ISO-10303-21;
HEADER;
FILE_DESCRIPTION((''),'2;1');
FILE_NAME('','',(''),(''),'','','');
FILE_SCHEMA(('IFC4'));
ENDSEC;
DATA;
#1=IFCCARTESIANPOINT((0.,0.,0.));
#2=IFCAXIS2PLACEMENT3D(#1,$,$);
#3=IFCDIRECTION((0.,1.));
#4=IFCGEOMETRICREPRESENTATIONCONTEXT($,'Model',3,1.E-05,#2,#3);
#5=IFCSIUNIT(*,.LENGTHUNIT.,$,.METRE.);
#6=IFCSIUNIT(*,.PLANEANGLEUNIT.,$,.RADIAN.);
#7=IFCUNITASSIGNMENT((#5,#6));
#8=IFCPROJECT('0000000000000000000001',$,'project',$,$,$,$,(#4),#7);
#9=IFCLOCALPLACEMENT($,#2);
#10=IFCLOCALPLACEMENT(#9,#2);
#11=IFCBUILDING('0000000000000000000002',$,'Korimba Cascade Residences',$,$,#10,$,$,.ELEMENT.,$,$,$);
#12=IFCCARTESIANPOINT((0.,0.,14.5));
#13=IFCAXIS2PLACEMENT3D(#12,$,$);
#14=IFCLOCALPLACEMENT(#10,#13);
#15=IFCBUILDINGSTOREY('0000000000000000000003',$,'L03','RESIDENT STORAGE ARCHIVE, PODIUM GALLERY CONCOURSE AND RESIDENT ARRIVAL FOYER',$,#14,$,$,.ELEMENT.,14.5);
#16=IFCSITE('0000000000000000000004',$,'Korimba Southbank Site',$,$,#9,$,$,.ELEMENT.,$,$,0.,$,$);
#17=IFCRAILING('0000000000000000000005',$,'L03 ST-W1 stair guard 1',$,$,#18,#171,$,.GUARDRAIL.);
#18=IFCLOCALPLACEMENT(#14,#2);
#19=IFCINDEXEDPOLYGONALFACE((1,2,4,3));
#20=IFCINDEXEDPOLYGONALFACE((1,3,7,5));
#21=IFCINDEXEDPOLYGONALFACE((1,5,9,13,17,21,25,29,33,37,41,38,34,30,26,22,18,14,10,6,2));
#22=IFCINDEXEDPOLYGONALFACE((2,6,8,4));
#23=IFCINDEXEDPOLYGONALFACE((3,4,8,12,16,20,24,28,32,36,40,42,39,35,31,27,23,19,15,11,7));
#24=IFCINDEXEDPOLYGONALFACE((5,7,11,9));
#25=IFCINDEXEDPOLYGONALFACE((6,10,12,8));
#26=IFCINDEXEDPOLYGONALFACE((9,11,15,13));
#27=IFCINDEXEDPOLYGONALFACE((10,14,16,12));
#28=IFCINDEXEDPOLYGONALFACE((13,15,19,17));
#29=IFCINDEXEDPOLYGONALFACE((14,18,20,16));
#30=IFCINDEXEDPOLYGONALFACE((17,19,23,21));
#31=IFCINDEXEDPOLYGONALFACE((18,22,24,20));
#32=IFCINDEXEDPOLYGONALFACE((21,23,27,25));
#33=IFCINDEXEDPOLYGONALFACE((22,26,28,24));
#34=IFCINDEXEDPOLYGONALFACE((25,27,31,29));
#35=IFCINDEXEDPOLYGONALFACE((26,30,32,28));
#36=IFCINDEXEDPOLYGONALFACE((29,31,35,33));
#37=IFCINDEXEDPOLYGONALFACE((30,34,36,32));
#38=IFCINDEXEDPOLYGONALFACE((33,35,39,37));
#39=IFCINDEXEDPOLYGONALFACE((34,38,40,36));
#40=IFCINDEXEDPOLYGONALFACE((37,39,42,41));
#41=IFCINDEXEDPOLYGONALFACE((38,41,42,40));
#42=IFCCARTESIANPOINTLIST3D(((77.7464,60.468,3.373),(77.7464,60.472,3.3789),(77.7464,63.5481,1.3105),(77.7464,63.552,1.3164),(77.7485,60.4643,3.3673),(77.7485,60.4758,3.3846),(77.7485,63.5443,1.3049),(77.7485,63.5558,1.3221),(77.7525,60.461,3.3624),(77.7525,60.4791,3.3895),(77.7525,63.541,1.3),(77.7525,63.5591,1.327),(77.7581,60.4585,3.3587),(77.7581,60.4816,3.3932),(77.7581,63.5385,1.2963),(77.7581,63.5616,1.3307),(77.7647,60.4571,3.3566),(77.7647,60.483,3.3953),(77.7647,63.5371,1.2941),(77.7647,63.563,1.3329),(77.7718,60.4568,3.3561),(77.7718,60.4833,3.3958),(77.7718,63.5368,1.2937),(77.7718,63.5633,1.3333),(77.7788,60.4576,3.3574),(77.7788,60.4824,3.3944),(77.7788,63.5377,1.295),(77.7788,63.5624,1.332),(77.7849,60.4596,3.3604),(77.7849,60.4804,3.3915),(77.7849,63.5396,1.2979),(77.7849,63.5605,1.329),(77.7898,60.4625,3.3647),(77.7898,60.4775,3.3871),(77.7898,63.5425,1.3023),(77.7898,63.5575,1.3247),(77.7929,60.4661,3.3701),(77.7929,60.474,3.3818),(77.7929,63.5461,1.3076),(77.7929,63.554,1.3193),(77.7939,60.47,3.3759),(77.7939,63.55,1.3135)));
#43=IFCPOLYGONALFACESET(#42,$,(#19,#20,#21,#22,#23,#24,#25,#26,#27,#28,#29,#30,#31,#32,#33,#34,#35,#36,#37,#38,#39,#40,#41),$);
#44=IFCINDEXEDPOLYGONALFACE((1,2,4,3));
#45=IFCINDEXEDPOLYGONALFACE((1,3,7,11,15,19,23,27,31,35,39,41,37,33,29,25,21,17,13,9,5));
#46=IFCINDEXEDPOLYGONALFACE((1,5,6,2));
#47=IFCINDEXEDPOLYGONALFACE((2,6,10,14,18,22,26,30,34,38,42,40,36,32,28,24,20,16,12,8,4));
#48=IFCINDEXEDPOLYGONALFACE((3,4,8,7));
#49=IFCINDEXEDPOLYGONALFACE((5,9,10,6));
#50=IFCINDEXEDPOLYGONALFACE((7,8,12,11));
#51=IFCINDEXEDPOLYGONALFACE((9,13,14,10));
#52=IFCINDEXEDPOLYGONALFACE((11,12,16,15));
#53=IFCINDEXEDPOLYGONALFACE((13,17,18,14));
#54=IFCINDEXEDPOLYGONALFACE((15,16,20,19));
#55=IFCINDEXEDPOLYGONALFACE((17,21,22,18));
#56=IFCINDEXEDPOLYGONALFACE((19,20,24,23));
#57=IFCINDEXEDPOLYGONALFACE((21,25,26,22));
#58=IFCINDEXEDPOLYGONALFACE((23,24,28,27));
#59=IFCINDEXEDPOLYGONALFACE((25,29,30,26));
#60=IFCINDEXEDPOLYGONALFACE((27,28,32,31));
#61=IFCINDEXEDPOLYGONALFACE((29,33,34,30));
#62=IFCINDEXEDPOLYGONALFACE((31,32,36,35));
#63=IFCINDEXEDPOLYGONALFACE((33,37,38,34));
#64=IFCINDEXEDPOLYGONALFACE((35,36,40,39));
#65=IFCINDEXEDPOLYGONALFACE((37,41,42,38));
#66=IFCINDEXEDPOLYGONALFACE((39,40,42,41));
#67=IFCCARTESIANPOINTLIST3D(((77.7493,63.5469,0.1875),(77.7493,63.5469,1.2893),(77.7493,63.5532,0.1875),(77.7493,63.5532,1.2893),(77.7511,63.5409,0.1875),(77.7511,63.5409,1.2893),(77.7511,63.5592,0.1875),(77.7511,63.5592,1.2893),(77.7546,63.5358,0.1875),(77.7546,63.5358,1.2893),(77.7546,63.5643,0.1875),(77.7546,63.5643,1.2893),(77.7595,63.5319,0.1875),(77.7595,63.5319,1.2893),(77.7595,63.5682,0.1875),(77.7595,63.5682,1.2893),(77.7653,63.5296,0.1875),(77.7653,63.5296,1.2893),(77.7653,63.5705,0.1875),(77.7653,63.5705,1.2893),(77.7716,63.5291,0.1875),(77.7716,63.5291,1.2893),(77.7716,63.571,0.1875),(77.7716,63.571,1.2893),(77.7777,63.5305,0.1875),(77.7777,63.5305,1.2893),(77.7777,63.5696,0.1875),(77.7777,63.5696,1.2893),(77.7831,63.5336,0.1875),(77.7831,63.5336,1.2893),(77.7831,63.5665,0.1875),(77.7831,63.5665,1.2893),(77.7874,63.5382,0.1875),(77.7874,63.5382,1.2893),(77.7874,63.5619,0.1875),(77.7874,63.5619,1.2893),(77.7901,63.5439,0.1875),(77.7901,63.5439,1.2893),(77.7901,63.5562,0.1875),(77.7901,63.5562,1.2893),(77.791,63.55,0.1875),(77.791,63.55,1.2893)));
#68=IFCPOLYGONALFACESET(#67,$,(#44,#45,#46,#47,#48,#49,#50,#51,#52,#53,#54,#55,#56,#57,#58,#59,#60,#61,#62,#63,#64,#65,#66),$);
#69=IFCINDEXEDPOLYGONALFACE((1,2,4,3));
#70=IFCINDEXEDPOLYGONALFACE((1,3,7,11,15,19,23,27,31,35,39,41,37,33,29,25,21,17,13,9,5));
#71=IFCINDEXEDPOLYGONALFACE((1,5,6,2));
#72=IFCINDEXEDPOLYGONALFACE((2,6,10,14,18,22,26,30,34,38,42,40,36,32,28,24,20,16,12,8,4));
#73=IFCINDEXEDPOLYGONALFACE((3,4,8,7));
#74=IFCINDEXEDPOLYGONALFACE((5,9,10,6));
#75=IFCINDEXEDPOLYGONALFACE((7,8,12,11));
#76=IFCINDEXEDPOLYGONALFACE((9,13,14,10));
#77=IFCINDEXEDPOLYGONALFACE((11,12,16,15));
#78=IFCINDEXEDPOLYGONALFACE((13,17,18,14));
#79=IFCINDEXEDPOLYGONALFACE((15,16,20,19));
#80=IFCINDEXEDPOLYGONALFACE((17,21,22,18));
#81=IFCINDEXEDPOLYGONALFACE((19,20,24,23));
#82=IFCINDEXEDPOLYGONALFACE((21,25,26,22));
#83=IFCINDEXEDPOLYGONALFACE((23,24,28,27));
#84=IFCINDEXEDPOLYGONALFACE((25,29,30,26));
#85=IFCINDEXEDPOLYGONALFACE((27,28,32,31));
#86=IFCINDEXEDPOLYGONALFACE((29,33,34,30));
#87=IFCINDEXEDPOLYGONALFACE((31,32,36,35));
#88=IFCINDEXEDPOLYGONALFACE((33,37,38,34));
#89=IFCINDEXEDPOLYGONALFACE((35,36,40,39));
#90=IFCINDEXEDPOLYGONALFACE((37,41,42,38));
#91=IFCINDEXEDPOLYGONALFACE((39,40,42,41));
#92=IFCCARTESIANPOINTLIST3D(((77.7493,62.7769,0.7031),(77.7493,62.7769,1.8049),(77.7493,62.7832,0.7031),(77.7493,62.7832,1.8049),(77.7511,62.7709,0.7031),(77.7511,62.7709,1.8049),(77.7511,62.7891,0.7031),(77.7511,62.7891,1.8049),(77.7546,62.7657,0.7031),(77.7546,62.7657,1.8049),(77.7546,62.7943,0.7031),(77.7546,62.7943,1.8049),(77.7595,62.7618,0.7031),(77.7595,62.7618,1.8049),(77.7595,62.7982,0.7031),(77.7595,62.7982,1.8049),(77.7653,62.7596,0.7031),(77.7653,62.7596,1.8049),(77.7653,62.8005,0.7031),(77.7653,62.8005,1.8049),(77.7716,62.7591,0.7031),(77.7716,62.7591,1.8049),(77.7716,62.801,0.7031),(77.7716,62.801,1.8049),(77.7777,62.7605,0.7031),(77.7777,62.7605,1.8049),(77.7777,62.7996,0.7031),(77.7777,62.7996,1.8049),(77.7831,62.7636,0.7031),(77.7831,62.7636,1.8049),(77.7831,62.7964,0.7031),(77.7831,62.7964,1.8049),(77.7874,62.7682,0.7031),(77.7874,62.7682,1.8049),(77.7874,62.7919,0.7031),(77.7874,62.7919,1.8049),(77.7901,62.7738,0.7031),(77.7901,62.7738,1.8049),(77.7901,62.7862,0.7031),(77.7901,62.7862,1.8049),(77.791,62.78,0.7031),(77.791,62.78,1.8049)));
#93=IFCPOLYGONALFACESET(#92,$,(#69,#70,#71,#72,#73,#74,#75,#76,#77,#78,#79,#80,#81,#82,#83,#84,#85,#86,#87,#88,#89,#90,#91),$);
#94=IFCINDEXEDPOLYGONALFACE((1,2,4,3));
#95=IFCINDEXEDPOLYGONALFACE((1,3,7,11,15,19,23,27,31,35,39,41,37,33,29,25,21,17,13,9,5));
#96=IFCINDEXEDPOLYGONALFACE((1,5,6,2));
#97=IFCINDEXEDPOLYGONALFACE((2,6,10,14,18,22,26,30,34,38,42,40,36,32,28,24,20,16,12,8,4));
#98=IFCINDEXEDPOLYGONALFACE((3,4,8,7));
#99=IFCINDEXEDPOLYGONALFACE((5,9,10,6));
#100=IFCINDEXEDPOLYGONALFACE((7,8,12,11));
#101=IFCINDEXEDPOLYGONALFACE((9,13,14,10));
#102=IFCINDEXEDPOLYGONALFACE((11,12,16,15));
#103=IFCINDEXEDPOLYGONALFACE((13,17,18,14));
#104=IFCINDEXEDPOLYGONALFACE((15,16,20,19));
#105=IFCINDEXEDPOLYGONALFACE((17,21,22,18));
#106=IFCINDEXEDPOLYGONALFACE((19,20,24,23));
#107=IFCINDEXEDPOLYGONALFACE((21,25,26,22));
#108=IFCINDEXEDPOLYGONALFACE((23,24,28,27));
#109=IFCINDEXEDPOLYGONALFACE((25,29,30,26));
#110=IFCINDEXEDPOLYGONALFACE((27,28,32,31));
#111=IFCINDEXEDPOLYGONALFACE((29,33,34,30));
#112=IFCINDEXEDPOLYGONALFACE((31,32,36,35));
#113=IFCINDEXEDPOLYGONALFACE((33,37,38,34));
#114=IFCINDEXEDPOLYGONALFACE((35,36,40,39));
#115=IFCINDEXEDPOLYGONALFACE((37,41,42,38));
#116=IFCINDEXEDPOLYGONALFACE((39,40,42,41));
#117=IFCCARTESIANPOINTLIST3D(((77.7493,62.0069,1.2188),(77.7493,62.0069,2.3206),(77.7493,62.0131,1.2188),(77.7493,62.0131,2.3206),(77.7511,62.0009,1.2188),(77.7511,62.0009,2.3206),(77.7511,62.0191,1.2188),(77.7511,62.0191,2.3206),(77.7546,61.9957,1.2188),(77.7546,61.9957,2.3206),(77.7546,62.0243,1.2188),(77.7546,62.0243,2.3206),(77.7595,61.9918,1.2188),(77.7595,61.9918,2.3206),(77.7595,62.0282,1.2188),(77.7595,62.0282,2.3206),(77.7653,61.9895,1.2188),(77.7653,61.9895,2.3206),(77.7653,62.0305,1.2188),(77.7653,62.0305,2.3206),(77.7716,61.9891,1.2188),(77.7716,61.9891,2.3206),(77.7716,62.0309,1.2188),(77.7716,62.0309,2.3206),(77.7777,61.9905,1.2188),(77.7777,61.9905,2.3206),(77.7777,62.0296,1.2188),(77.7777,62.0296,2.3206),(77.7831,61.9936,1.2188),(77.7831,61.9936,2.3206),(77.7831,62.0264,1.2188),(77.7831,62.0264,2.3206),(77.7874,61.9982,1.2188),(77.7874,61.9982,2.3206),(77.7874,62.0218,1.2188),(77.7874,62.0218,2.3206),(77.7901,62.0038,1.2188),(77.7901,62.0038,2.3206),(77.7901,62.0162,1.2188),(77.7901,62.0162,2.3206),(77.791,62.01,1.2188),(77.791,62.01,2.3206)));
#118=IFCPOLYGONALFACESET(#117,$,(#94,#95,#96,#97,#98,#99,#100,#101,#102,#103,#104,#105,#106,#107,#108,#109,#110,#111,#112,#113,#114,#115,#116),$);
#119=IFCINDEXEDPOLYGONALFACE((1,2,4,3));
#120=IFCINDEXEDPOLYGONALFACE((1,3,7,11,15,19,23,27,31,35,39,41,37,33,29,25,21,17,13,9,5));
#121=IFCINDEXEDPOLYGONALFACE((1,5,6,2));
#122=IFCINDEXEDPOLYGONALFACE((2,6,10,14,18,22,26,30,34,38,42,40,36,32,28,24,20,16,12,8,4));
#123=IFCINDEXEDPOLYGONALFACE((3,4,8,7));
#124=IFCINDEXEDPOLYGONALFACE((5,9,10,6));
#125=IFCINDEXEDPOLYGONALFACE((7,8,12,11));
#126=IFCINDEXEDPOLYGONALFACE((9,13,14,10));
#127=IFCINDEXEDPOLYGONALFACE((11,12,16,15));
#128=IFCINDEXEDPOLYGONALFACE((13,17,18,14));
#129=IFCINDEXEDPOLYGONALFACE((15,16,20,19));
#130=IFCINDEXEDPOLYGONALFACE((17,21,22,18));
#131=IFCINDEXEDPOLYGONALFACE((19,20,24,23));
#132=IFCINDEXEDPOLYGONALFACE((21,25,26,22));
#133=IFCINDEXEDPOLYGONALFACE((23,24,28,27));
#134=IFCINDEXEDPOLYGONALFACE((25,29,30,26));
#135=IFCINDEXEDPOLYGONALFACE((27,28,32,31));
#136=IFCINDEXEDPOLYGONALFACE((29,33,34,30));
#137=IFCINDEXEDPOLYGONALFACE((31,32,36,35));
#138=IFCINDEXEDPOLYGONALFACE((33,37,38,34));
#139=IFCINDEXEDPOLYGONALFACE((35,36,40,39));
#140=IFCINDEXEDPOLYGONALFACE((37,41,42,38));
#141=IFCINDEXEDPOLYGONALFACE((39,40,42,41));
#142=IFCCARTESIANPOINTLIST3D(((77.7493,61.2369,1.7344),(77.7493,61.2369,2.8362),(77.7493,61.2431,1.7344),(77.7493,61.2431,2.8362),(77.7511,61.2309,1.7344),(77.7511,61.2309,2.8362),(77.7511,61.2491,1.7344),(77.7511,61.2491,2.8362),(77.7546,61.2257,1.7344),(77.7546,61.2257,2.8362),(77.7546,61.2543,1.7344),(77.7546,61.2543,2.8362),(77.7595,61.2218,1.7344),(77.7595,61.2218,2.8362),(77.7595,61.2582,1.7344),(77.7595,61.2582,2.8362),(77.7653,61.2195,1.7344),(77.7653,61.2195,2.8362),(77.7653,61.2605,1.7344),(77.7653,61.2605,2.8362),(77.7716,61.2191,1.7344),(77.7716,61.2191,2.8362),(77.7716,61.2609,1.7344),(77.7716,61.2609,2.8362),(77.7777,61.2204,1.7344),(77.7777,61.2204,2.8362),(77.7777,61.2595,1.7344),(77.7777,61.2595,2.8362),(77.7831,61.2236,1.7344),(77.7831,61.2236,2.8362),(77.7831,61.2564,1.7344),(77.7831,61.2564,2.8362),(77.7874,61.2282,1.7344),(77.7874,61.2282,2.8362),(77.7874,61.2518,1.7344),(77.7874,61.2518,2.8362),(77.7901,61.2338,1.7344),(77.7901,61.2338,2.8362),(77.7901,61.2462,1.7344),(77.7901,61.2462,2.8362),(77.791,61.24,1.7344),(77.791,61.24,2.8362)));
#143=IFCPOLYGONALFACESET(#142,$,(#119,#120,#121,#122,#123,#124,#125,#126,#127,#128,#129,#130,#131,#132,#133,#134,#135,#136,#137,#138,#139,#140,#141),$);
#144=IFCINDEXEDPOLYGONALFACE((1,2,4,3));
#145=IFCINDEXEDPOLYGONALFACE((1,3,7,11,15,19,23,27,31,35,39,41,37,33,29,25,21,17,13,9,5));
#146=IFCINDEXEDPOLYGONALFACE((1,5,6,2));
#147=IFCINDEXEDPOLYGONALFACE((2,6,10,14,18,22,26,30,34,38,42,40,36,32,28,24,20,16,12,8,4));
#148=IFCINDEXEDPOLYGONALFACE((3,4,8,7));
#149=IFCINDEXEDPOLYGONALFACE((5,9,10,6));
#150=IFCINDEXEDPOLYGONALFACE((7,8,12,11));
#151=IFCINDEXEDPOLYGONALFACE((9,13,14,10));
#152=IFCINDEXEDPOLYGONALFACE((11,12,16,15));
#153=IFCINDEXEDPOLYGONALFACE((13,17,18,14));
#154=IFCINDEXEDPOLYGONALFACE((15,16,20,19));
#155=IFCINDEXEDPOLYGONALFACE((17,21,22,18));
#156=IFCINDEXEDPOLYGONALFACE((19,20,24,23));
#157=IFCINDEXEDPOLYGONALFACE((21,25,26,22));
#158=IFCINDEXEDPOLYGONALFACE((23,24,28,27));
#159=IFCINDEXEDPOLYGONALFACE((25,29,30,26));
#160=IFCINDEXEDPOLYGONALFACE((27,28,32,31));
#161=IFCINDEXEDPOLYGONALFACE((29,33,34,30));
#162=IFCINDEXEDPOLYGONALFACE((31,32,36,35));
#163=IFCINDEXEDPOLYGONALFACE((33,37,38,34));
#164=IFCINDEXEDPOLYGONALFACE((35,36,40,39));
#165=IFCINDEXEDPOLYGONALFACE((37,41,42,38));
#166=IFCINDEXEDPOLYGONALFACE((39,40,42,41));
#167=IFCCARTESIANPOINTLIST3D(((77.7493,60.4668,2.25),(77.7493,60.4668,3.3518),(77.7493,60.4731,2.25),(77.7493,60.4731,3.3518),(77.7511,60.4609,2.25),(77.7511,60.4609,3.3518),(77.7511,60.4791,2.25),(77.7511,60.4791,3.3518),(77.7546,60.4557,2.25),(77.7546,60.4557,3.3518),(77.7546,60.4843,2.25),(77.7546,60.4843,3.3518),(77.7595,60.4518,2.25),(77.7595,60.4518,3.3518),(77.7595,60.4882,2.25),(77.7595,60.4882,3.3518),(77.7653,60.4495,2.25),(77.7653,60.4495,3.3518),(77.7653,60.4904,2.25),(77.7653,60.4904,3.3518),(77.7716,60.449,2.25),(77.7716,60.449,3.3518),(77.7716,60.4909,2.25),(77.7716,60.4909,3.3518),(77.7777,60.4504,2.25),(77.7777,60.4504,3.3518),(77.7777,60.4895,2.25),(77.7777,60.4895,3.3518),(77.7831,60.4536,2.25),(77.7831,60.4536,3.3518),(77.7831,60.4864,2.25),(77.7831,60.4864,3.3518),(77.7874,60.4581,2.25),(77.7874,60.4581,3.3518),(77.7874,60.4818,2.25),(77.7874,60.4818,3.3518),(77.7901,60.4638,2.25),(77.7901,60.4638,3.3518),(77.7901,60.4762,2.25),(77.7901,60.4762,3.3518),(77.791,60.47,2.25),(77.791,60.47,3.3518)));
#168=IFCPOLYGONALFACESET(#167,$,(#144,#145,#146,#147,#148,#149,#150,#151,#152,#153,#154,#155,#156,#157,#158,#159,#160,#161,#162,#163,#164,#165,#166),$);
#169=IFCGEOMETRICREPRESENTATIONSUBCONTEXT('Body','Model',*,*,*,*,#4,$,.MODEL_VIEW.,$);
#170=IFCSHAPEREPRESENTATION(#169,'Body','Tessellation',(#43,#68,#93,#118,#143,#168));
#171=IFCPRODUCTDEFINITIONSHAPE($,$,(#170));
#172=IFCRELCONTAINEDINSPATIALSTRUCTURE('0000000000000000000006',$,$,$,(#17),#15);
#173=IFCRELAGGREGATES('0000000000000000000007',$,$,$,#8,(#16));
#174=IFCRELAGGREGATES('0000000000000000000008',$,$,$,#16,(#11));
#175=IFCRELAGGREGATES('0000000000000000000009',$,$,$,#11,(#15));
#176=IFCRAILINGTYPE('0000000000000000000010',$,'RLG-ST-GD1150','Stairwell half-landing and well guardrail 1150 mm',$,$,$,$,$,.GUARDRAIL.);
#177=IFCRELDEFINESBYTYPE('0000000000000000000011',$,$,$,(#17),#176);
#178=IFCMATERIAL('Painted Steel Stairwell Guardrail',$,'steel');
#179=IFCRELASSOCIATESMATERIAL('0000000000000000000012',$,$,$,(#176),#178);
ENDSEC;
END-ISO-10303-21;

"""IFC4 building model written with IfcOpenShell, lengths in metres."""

from ifc_helpers import new_model, si_unit, direction, frame, origin, origin_2d, place, context, subcontext, project, spatial, circle, extrude, material, type_object, element, save


model = new_model("IFC4")

# Units and contexts
model_context = context("Model", 3, precision=1e-05, world=origin(), true_north=direction((0.0, 1.0)))
body_context = subcontext(model_context, "Body", "Model", "MODEL_VIEW")
ifc_project = project(units=[si_unit("LENGTHUNIT", "METRE"), si_unit("PLANEANGLEUNIT", "RADIAN")], contexts=[model_context])

# Site, building, storey
site_placement = place(None, origin())
site = spatial("IfcSite", under=ifc_project, at=site_placement, Name="Korimba Southbank Site", CompositionType="ELEMENT", RefElevation=0.0)
building_placement = place(site_placement, origin())
building = spatial("IfcBuilding", under=site, at=building_placement, Name="Korimba Cascade Residences", CompositionType="ELEMENT")
storey_placement = place(building_placement, frame((0.0, 0.0, 14.5)))
storey = spatial("IfcBuildingStorey", under=building, at=storey_placement, Name="L03", Description="RESIDENT STORAGE ARCHIVE, PODIUM GALLERY CONCOURSE AND RESIDENT ARRIVAL FOYER", CompositionType="ELEMENT", Elevation=14.5)

# Railing
ifc_material_1 = material(Name="Painted Steel Stairwell Guardrail", Category="steel")
railing_type_1 = type_object("IfcRailingType", Name="RLG-ST-GD1150", Description="Stairwell half-landing and well guardrail 1150 mm", PredefinedType="GUARDRAIL", material=ifc_material_1)
railing_1_placement = place(storey_placement, frame((77.77, 63.55, 0.1875)))
element("IfcRailing", 1, at=railing_1_placement, inside=storey, type_object=railing_type_1, Name="L03 ST-W1 stair guard 1", PredefinedType="GUARDRAIL", context=body_context, shape_type="SweptSolid", body=[
    extrude(circle(Radius=0.0239, at=origin_2d()), frame((0.0, 0.0, 1.126), z_axis=(0.0, -0.830914, 0.556401), x_axis=(1.0, 0.0, 0.0)), (0.0, 0.0, 1.0), 3.7068),
    extrude(circle(Radius=0.021, at=origin_2d()), origin(), (0.0, 0.0, 1.0), 1.1018),
    extrude(circle(Radius=0.021, at=origin_2d()), frame((0.0, -0.77, 0.5156)), (0.0, 0.0, 1.0), 1.1018),
    extrude(circle(Radius=0.021, at=origin_2d()), frame((0.0, -1.54, 1.0312)), (0.0, 0.0, 1.0), 1.1018),
    extrude(circle(Radius=0.021, at=origin_2d()), frame((0.0, -2.3101, 1.5469)), (0.0, 0.0, 1.0), 1.1018),
    extrude(circle(Radius=0.021, at=origin_2d()), frame((0.0, -3.0801, 2.0625)), (0.0, 0.0, 1.0), 1.1018),
])

save(model, "model.ifc")
